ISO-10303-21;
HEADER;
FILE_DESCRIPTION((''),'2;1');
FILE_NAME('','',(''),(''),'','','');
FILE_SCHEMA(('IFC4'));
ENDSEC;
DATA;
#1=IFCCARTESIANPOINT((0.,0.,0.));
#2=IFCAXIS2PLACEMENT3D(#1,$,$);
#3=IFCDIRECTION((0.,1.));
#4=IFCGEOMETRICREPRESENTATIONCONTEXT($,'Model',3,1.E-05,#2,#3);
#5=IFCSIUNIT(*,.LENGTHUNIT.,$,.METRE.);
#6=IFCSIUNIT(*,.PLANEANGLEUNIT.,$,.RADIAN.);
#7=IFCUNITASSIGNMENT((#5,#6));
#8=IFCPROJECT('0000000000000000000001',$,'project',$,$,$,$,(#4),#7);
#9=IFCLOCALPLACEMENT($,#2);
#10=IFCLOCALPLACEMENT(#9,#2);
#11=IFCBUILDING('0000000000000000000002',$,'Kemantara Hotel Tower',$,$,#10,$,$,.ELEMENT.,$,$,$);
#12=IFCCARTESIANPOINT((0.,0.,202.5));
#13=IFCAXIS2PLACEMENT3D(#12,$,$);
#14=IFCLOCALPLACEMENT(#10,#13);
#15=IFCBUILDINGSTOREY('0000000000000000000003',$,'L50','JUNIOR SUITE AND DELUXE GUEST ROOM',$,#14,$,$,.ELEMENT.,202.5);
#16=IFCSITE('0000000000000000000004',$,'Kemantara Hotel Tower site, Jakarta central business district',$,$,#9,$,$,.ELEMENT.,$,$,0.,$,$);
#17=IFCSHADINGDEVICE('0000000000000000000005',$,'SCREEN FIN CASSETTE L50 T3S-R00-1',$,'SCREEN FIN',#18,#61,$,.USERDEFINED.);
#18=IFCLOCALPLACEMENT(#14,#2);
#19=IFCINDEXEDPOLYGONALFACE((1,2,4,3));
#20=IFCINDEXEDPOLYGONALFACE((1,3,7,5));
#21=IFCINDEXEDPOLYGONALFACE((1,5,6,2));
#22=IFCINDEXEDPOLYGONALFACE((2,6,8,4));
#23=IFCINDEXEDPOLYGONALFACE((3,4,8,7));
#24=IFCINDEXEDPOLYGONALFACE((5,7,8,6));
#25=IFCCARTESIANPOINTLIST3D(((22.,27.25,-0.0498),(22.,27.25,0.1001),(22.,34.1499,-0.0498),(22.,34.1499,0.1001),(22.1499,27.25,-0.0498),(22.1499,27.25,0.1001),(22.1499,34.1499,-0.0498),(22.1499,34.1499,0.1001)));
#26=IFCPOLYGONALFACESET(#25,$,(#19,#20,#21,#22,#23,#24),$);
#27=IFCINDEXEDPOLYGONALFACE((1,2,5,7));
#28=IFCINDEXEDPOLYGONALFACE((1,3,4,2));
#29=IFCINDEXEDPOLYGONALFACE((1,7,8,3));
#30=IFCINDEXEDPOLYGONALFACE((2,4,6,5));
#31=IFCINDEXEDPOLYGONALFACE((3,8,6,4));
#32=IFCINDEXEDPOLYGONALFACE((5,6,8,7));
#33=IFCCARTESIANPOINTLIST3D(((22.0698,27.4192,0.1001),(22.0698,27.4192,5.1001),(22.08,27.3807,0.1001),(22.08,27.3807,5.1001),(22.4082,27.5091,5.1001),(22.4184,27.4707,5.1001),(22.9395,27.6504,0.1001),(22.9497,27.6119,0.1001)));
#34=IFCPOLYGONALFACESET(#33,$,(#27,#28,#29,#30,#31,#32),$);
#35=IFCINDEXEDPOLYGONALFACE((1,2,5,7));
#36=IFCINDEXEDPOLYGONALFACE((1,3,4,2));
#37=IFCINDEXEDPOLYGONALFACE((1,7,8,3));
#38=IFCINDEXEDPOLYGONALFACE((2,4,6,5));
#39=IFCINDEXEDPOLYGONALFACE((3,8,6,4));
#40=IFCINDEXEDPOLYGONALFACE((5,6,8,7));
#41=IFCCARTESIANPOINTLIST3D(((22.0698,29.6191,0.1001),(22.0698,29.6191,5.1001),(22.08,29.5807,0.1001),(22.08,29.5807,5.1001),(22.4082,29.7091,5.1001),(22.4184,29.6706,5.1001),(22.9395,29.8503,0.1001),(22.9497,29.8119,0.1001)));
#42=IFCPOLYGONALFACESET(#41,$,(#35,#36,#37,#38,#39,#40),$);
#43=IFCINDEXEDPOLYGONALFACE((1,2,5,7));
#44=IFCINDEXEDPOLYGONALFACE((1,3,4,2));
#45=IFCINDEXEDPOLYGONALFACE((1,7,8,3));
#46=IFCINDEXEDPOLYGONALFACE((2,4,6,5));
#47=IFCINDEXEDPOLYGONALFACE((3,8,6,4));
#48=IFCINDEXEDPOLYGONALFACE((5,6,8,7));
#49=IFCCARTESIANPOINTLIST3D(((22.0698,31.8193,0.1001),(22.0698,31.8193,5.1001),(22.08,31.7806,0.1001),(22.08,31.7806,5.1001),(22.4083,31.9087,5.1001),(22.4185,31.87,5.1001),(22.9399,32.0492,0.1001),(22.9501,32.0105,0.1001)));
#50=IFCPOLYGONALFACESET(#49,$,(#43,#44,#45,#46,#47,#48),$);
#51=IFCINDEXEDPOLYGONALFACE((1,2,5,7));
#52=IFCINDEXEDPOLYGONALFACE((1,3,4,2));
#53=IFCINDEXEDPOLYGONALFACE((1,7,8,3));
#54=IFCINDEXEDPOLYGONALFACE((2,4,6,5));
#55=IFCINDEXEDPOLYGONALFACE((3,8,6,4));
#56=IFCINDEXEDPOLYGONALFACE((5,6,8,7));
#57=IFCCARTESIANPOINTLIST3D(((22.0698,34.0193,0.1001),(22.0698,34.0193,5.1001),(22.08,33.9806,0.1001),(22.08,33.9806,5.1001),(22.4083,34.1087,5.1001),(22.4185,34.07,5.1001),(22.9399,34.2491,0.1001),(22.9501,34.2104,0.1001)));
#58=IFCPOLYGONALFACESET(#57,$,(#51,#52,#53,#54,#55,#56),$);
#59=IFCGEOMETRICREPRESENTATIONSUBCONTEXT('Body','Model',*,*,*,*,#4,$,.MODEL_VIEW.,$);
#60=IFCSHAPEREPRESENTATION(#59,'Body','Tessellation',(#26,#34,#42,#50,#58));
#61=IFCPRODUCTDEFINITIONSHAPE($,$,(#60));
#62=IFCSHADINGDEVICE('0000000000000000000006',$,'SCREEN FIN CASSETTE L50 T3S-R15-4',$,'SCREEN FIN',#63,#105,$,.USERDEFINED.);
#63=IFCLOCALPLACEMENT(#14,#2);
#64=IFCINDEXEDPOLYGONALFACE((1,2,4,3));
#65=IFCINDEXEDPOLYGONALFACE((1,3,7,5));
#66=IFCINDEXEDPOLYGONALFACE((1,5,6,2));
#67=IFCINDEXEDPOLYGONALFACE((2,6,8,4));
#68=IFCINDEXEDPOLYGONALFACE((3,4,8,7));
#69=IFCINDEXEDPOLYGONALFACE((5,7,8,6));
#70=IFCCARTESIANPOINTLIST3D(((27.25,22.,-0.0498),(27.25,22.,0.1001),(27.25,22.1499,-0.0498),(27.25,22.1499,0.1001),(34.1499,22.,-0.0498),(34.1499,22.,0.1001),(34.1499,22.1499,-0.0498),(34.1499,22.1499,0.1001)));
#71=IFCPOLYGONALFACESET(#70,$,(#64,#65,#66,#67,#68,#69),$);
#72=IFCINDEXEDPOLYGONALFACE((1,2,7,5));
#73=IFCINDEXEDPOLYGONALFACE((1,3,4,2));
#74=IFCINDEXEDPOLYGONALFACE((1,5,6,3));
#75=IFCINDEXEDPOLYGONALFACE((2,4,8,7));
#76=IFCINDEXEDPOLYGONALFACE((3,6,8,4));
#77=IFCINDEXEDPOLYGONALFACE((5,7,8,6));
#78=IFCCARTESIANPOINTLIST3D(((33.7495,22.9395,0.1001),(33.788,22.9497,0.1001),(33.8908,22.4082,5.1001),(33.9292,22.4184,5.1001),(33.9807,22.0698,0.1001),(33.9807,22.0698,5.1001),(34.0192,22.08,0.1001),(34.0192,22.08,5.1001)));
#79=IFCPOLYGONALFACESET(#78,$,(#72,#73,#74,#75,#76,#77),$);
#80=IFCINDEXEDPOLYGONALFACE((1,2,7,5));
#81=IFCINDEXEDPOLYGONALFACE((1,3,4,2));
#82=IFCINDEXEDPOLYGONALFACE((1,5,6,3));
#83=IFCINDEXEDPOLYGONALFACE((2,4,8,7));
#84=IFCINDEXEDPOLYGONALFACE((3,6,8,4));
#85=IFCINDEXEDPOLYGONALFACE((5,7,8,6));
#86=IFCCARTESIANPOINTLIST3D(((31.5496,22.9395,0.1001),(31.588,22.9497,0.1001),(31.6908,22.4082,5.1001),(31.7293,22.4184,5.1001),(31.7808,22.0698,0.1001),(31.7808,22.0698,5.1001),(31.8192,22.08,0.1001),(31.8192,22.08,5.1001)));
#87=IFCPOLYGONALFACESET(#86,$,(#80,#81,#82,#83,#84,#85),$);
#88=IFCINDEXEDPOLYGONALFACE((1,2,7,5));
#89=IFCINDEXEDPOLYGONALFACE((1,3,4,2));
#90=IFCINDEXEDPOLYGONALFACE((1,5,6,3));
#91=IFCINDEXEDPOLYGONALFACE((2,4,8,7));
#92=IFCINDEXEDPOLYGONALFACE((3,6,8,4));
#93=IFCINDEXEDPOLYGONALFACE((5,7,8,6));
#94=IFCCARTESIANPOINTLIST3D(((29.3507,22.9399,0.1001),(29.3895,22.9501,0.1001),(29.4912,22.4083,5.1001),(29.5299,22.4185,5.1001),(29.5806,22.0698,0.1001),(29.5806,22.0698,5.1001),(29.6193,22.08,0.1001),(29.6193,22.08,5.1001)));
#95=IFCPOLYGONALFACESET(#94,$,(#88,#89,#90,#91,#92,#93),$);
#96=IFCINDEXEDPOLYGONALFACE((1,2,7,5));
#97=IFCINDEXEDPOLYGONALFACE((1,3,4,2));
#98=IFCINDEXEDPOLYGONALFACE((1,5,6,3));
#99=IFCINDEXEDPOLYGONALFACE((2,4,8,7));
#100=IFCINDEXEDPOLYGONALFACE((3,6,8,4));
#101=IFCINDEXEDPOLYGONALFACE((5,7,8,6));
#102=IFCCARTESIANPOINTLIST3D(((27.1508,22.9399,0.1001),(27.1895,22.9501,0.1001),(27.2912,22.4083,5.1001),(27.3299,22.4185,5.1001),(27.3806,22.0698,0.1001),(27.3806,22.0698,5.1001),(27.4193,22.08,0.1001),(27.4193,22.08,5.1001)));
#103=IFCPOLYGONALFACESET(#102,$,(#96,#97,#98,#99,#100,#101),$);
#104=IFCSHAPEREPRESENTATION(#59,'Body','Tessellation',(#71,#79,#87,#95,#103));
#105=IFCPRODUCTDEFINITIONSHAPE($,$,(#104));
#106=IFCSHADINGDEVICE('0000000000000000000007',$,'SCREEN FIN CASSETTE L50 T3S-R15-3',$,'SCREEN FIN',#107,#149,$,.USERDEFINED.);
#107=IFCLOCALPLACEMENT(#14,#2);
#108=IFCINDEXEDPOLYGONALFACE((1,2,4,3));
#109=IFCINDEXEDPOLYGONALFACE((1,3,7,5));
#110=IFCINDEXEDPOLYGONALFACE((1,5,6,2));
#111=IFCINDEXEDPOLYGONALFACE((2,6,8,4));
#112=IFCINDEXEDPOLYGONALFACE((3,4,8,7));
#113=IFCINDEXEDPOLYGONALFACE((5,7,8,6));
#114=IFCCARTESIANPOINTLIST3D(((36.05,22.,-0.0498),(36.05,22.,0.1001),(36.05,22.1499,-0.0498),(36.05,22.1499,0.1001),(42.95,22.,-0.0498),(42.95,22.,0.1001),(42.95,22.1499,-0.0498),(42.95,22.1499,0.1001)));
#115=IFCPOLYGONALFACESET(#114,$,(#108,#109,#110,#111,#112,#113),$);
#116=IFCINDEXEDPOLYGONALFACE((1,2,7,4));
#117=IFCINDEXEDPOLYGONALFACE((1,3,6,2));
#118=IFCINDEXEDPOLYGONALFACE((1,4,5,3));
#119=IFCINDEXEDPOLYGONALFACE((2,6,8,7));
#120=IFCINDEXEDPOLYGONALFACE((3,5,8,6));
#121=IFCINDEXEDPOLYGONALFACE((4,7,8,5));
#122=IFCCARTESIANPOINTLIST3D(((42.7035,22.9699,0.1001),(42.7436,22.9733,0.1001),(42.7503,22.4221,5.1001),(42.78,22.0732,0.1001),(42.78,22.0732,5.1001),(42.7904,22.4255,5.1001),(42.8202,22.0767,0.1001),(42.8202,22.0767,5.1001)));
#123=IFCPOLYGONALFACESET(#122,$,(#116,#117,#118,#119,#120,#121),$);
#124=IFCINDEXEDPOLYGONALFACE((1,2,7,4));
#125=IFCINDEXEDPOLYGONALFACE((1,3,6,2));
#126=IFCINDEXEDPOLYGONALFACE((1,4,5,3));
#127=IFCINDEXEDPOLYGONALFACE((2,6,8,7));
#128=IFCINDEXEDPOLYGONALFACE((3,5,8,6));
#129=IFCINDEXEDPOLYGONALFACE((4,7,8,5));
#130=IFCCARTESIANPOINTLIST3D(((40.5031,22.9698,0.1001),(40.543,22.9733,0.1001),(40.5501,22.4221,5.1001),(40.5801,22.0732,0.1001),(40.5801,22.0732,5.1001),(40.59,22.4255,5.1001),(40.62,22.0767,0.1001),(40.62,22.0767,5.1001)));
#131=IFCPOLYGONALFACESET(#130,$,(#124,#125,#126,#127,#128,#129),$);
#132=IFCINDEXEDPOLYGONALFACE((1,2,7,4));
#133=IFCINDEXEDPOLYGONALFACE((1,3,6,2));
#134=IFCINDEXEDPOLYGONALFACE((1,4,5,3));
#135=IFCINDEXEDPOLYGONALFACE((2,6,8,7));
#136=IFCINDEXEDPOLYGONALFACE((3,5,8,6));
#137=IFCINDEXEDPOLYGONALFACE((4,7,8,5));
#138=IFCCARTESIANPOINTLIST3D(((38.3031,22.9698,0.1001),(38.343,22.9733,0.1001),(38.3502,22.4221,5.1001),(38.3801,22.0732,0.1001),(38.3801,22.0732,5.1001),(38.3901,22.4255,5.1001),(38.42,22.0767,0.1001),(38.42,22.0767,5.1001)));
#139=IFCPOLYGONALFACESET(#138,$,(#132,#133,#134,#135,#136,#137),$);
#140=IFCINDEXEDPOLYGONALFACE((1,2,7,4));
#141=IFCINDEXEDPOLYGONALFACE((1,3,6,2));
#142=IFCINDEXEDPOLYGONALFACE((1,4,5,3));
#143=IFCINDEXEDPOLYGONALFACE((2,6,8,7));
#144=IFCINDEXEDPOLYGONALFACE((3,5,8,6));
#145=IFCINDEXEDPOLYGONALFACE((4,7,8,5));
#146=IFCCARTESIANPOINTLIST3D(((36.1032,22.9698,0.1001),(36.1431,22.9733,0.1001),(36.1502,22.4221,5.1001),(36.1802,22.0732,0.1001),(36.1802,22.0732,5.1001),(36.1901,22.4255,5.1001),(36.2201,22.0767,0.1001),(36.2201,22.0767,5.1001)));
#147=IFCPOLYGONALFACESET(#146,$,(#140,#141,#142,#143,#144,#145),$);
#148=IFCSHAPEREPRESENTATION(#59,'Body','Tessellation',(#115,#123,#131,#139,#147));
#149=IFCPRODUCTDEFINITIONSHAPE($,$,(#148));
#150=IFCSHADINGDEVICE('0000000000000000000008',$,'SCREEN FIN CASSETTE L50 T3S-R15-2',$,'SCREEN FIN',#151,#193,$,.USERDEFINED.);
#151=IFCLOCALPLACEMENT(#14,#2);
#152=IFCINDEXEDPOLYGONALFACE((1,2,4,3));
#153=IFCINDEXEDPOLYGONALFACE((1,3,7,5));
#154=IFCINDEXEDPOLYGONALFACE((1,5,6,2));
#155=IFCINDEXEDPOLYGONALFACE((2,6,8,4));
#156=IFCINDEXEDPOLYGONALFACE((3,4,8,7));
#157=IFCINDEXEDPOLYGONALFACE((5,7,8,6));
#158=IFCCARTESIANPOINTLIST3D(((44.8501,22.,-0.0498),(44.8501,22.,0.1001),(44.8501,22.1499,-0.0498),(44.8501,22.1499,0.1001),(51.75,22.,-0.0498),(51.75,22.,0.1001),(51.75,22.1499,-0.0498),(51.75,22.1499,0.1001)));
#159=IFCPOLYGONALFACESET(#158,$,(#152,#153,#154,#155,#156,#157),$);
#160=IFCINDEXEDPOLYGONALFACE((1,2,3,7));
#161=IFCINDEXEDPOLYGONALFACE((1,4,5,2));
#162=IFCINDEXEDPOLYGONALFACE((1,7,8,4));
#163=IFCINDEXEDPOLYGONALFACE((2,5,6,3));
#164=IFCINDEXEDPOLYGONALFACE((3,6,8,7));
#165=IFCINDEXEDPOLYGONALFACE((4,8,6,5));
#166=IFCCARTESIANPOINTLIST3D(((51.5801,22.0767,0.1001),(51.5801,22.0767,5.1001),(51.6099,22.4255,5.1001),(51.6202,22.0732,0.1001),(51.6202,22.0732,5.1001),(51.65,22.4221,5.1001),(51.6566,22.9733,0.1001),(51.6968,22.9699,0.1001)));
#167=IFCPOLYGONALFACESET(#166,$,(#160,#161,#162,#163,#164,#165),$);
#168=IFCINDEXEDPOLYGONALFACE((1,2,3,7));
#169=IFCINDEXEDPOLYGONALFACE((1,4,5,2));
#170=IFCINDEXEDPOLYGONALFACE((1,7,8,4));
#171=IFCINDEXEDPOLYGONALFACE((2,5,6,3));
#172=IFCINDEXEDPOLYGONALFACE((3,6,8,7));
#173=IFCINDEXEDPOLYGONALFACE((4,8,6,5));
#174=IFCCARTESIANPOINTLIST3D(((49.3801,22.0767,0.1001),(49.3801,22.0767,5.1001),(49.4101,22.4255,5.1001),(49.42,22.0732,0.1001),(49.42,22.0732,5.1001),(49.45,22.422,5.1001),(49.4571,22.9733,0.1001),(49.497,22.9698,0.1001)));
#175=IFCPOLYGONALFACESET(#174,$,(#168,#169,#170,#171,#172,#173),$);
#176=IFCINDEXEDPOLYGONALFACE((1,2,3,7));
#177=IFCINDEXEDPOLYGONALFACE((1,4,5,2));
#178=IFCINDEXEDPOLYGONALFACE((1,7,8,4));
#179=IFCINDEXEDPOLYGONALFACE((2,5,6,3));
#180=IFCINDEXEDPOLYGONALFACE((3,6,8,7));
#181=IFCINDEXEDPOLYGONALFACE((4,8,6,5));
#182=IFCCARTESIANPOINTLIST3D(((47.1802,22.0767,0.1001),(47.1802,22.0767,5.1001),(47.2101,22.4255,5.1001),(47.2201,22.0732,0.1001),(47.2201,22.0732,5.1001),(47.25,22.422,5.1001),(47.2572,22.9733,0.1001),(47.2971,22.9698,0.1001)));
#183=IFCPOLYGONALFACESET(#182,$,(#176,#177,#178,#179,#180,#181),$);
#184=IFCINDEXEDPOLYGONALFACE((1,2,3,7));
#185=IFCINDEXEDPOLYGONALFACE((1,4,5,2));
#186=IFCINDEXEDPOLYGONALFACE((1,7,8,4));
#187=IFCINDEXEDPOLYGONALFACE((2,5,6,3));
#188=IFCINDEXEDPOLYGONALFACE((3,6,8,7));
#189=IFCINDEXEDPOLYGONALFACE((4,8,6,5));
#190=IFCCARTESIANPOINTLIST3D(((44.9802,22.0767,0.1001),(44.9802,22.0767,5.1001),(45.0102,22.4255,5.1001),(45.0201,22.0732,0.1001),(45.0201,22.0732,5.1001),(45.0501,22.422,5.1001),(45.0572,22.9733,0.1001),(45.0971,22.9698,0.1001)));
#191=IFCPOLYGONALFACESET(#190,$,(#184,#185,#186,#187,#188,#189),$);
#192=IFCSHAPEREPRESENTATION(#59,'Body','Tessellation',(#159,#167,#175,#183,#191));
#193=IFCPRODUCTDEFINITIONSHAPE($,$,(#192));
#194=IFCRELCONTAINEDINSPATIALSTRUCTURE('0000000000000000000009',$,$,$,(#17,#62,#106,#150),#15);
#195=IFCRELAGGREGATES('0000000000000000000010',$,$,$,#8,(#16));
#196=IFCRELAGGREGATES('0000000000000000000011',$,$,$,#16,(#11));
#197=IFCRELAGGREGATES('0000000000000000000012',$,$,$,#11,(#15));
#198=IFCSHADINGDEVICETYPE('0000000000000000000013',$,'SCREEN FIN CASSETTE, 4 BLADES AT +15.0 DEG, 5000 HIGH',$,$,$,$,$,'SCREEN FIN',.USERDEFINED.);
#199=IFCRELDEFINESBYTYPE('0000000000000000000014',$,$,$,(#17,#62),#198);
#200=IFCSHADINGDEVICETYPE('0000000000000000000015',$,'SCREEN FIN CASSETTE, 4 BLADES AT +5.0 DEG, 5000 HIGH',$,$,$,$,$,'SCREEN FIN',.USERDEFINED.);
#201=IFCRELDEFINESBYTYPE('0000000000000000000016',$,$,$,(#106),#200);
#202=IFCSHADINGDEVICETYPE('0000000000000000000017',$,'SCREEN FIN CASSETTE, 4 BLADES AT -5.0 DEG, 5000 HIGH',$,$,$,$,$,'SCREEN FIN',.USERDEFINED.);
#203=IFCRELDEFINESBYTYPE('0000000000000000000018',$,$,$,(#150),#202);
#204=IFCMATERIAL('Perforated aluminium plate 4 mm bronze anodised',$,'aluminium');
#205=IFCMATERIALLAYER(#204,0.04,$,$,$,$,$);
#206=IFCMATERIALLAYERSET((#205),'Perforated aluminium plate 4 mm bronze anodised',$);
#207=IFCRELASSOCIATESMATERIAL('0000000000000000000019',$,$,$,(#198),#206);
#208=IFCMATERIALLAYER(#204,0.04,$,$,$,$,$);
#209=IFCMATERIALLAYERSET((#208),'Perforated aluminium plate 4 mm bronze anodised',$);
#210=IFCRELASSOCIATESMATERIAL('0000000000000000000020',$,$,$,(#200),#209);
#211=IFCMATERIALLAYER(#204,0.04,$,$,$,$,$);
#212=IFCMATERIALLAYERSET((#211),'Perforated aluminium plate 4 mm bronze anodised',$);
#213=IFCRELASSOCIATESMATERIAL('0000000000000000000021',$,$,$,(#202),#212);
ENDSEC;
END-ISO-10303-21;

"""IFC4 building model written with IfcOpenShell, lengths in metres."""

from ifc_helpers import new_model, si_unit, direction, frame, origin, origin_2d, place, context, subcontext, project, spatial, polyline, rectangle, outline, extrude, source, transform, mapped, material, layer, layer_set, type_object, element, save


model = new_model("IFC4")

# Units and contexts
model_context = context("Model", 3, precision=1e-05, world=origin(), true_north=direction((0.0, 1.0)))
body_context = subcontext(model_context, "Body", "Model", "MODEL_VIEW")
ifc_project = project(units=[si_unit("LENGTHUNIT", "METRE"), si_unit("PLANEANGLEUNIT", "RADIAN")], contexts=[model_context])

# Site, building, storey
site_placement = place(None, origin())
site = spatial("IfcSite", under=ifc_project, at=site_placement, Name="Kemantara Hotel Tower site, Jakarta central business district", CompositionType="ELEMENT", RefElevation=0.0)
building_placement = place(site_placement, origin())
building = spatial("IfcBuilding", under=site, at=building_placement, Name="Kemantara Hotel Tower", CompositionType="ELEMENT")
storey_placement = place(building_placement, frame((0.0, 0.0, 202.5)))
storey = spatial("IfcBuildingStorey", under=building, at=storey_placement, Name="L50", Description="JUNIOR SUITE AND DELUXE GUEST ROOM", CompositionType="ELEMENT", Elevation=202.5)

# Shading devices
ifc_material_1 = material(Name="Perforated aluminium plate 4 mm bronze anodised", Category="aluminium")
ifc_layer_1 = layer(ifc_material_1, 0.04)
ifc_layer_set_1 = layer_set([ifc_layer_1], Name="Perforated aluminium plate 4 mm bronze anodised")
shading_device_type_1 = type_object("IfcShadingDeviceType", Name="SCREEN FIN CASSETTE, 4 BLADES AT +15.0 DEG, 5000 HIGH", ElementType="SCREEN FIN", PredefinedType="USERDEFINED", material=ifc_layer_set_1)
shared_shape_1 = source(origin(), body_context, "Body", "SweptSolid", [
    extrude(rectangle(XDim=6.8999, YDim=0.1499, at=origin_2d()), frame((3.3, -0.075, -0.1499), z_axis=(0.0, 0.0, 1.0), x_axis=(1.0, 0.0, 0.0)), (0.0, 0.0, 1.0), 0.1499),
    extrude(outline(polyline([(0.0, 0.0), (0.8999, 0.0), (0.3501, 5.0), (0.0, 5.0), (0.0, 0.0)])), frame((0.0193, -0.0698, 0.0), z_axis=(-0.966438, -0.256901, 0.0), x_axis=(0.256901, -0.966438, 0.0)), (0.0, 0.0, 1.0), 0.0398),
    extrude(outline(polyline([(0.0, 0.0), (0.8999, 0.0), (0.3501, 5.0), (0.0, 5.0), (0.0, 0.0)])), frame((2.2192, -0.0698, 0.0), z_axis=(-0.966438, -0.256901, 0.0), x_axis=(0.256901, -0.966438, 0.0)), (0.0, 0.0, 1.0), 0.0398),
    extrude(outline(polyline([(0.0, 0.0), (0.8999, 0.0), (0.3501, 5.0), (0.0, 5.0), (0.0, 0.0)])), frame((4.4194, -0.0698, 0.0), z_axis=(-0.966838, -0.255391, 0.0), x_axis=(0.255391, -0.966838, 0.0)), (0.0, 0.0, 1.0), 0.04),
    extrude(outline(polyline([(0.0, 0.0), (0.8999, 0.0), (0.3501, 5.0), (0.0, 5.0), (0.0, 0.0)])), frame((6.6194, -0.0698, 0.0), z_axis=(-0.966838, -0.255391, 0.0), x_axis=(0.255391, -0.966838, 0.0)), (0.0, 0.0, 1.0), 0.04),
])
for number, where, z_axis, x_axis, name in (
    (1, (22.0, 27.3999, 0.1001), (0.0, 0.0, 1.0), (0.0, 1.0, 0.0), "SCREEN FIN CASSETTE L50 T3S-R00-1"),
    (2, (34.0, 22.0, 0.1001), (0.0, 0.0, 1.0), (-1.0, 0.0, 0.0), "SCREEN FIN CASSETTE L50 T3S-R15-4"),
):
    element("IfcShadingDevice", number, at=place(storey_placement, frame(where, z_axis=z_axis, x_axis=x_axis)), inside=storey, type_object=shading_device_type_1, Name=name, ObjectType="SCREEN FIN", PredefinedType="USERDEFINED", context=body_context, shape_type="MappedRepresentation", body=[
        mapped(shared_shape_1, transform((0.0, 0.0, 0.0))),
    ])
ifc_layer_2 = layer(ifc_material_1, 0.04)
ifc_layer_set_2 = layer_set([ifc_layer_2], Name="Perforated aluminium plate 4 mm bronze anodised")
shading_device_type_2 = type_object("IfcShadingDeviceType", Name="SCREEN FIN CASSETTE, 4 BLADES AT +5.0 DEG, 5000 HIGH", ElementType="SCREEN FIN", PredefinedType="USERDEFINED", material=ifc_layer_set_2)
shared_shape_2 = source(origin(), body_context, "Body", "SweptSolid", [
    extrude(rectangle(XDim=6.8999, YDim=0.1499, at=origin_2d()), frame((3.3, -0.075, -0.1499), z_axis=(0.0, 0.0, 1.0), x_axis=(1.0, 0.0, 0.0)), (0.0, 0.0, 1.0), 0.1499),
    extrude(outline(polyline([(0.0, 0.0), (0.8999, 0.0), (0.3501, 5.0), (0.0, 5.0), (0.0, 0.0)])), frame((0.02, -0.0732, 0.0), z_axis=(-0.996376, -0.085056, 0.0), x_axis=(0.085056, -0.996376, 0.0)), (0.0, 0.0, 1.0), 0.0403),
    extrude(outline(polyline([(0.0, 0.0), (0.8999, 0.0), (0.3501, 5.0), (0.0, 5.0), (0.0, 0.0)])), frame((2.22, -0.0732, 0.0), z_axis=(-0.996332, -0.085575, 0.0), x_axis=(0.085575, -0.996332, 0.0)), (0.0, 0.0, 1.0), 0.04),
    extrude(outline(polyline([(0.0, 0.0), (0.8999, 0.0), (0.3501, 5.0), (0.0, 5.0), (0.0, 0.0)])), frame((4.4199, -0.0732, 0.0), z_axis=(-0.996332, -0.085575, 0.0), x_axis=(0.085575, -0.996332, 0.0)), (0.0, 0.0, 1.0), 0.04),
    extrude(outline(polyline([(0.0, 0.0), (0.8999, 0.0), (0.3501, 5.0), (0.0, 5.0), (0.0, 0.0)])), frame((6.6199, -0.0732, 0.0), z_axis=(-0.996332, -0.085575, 0.0), x_axis=(0.085575, -0.996332, 0.0)), (0.0, 0.0, 1.0), 0.04),
])
shading_device_1_placement = place(storey_placement, frame((42.8, 22.0, 0.1001), z_axis=(0.0, 0.0, 1.0), x_axis=(-1.0, 0.0, 0.0)))
element("IfcShadingDevice", 3, at=shading_device_1_placement, inside=storey, type_object=shading_device_type_2, Name="SCREEN FIN CASSETTE L50 T3S-R15-3", ObjectType="SCREEN FIN", PredefinedType="USERDEFINED", context=body_context, shape_type="MappedRepresentation", body=[
    mapped(shared_shape_2, transform((0.0, 0.0, 0.0))),
])
ifc_layer_3 = layer(ifc_material_1, 0.04)
ifc_layer_set_3 = layer_set([ifc_layer_3], Name="Perforated aluminium plate 4 mm bronze anodised")
shading_device_type_3 = type_object("IfcShadingDeviceType", Name="SCREEN FIN CASSETTE, 4 BLADES AT -5.0 DEG, 5000 HIGH", ElementType="SCREEN FIN", PredefinedType="USERDEFINED", material=ifc_layer_set_3)
shared_shape_3 = source(origin(), body_context, "Body", "SweptSolid", [
    extrude(rectangle(XDim=6.8999, YDim=0.1499, at=origin_2d()), frame((3.3, -0.075, -0.1499), z_axis=(0.0, 0.0, 1.0), x_axis=(1.0, 0.0, 0.0)), (0.0, 0.0, 1.0), 0.1499),
    extrude(outline(polyline([(0.0, 0.0), (0.8999, 0.0), (0.3501, 5.0), (0.0, 5.0), (0.0, 0.0)])), frame((0.02, -0.0767, 0.0), z_axis=(-0.996376, 0.085056, 0.0), x_axis=(-0.085056, -0.996376, 0.0)), (0.0, 0.0, 1.0), 0.0403),
    extrude(outline(polyline([(0.0, 0.0), (0.8999, 0.0), (0.3501, 5.0), (0.0, 5.0), (0.0, 0.0)])), frame((2.22, -0.0767, 0.0), z_axis=(-0.996332, 0.085575, 0.0), x_axis=(-0.085575, -0.996332, 0.0)), (0.0, 0.0, 1.0), 0.04),
    extrude(outline(polyline([(0.0, 0.0), (0.8999, 0.0), (0.3501, 5.0), (0.0, 5.0), (0.0, 0.0)])), frame((4.4199, -0.0767, 0.0), z_axis=(-0.996332, 0.085575, 0.0), x_axis=(-0.085575, -0.996332, 0.0)), (0.0, 0.0, 1.0), 0.04),
    extrude(outline(polyline([(0.0, 0.0), (0.8999, 0.0), (0.3501, 5.0), (0.0, 5.0), (0.0, 0.0)])), frame((6.6199, -0.0767, 0.0), z_axis=(-0.996332, 0.085575, 0.0), x_axis=(-0.085575, -0.996332, 0.0)), (0.0, 0.0, 1.0), 0.04),
])
shading_device_2_placement = place(storey_placement, frame((51.6001, 22.0, 0.1001), z_axis=(0.0, 0.0, 1.0), x_axis=(-1.0, 0.0, 0.0)))
element("IfcShadingDevice", 4, at=shading_device_2_placement, inside=storey, type_object=shading_device_type_3, Name="SCREEN FIN CASSETTE L50 T3S-R15-2", ObjectType="SCREEN FIN", PredefinedType="USERDEFINED", context=body_context, shape_type="MappedRepresentation", body=[
    mapped(shared_shape_3, transform((0.0, 0.0, 0.0))),
])

save(model, "model.ifc")
